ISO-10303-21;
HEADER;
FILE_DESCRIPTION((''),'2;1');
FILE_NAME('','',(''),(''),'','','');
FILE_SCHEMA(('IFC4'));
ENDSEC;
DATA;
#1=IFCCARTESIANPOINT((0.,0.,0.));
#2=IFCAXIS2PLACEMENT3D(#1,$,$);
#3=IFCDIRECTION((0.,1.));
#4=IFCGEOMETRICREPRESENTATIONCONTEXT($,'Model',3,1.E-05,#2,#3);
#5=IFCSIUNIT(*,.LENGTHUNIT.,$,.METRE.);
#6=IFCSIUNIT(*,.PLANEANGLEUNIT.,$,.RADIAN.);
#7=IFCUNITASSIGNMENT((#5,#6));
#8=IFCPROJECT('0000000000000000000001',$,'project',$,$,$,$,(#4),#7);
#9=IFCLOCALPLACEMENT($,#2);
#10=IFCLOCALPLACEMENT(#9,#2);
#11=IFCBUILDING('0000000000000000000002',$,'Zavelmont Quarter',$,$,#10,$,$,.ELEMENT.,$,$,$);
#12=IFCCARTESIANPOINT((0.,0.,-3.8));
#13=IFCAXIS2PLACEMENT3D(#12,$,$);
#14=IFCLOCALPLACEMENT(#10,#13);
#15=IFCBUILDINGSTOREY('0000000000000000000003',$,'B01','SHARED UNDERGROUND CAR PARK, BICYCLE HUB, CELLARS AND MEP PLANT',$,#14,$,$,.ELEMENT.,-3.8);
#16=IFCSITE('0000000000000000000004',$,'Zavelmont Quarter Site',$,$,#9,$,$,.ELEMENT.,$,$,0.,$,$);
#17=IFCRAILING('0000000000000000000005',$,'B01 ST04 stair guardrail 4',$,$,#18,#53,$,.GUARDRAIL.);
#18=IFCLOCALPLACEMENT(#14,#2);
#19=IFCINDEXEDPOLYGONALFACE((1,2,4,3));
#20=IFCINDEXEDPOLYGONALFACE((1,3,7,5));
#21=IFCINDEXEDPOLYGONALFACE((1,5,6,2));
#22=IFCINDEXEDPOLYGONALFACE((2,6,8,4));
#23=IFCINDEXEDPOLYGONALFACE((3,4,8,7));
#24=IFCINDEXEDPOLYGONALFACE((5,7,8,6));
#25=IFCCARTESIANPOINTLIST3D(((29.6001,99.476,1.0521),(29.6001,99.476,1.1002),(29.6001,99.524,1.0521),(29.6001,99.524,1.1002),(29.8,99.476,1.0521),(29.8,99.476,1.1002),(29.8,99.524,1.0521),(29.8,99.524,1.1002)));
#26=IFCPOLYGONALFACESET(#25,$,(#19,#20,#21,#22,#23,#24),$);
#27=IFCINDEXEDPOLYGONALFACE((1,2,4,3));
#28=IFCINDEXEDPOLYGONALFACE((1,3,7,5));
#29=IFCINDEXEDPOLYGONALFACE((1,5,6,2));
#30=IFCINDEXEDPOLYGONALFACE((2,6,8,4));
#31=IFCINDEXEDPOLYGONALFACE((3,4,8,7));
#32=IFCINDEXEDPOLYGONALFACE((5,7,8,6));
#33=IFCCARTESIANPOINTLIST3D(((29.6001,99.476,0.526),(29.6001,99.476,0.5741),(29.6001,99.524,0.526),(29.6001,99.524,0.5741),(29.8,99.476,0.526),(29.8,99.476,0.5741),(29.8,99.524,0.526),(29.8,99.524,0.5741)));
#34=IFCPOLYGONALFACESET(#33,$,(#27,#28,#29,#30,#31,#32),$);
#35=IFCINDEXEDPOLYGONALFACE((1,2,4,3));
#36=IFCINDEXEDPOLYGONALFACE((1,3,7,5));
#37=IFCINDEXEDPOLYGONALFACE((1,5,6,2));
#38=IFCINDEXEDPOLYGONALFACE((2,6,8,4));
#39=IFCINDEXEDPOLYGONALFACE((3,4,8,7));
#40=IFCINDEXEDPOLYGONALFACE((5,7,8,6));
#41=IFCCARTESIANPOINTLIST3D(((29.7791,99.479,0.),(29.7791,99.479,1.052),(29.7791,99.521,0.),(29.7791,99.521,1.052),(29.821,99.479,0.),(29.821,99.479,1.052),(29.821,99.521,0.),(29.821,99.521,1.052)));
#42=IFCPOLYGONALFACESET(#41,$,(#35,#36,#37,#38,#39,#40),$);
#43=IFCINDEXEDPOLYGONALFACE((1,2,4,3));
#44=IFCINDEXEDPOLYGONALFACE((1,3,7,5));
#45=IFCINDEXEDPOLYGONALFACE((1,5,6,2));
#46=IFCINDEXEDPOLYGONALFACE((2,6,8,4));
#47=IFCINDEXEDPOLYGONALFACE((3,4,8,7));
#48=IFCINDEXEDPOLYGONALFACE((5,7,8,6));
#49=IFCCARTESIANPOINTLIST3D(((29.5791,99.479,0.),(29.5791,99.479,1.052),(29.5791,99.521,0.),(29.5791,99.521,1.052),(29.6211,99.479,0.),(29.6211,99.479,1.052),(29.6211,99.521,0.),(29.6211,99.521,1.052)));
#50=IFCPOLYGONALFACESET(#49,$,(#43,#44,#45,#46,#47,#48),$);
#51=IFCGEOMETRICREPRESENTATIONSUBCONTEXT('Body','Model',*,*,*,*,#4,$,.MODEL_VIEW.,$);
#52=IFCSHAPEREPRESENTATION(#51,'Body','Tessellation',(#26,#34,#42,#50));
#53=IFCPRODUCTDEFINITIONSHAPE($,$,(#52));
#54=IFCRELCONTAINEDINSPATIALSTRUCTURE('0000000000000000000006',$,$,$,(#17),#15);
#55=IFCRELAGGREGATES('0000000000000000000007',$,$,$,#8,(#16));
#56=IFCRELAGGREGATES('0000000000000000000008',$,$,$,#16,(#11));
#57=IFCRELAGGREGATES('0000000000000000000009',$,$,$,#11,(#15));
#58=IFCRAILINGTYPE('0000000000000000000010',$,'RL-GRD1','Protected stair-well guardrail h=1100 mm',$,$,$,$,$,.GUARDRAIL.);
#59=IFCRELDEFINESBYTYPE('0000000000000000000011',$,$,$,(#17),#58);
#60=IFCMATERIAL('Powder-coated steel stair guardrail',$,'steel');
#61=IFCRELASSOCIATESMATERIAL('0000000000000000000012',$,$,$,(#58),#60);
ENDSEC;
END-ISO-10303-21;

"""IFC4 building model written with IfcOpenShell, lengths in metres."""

from ifc_helpers import new_model, si_unit, direction, frame, origin, origin_2d, place, context, subcontext, project, spatial, rectangle, extrude, material, type_object, element, save


model = new_model("IFC4")

# Units and contexts
model_context = context("Model", 3, precision=1e-05, world=origin(), true_north=direction((0.0, 1.0)))
body_context = subcontext(model_context, "Body", "Model", "MODEL_VIEW")
ifc_project = project(units=[si_unit("LENGTHUNIT", "METRE"), si_unit("PLANEANGLEUNIT", "RADIAN")], contexts=[model_context])

# Site, building, storey
site_placement = place(None, origin())
site = spatial("IfcSite", under=ifc_project, at=site_placement, Name="Zavelmont Quarter Site", CompositionType="ELEMENT", RefElevation=0.0)
building_placement = place(site_placement, origin())
building = spatial("IfcBuilding", under=site, at=building_placement, Name="Zavelmont Quarter", CompositionType="ELEMENT")
storey_placement = place(building_placement, frame((0.0, 0.0, -3.8)))
storey = spatial("IfcBuildingStorey", under=building, at=storey_placement, Name="B01", Description="SHARED UNDERGROUND CAR PARK, BICYCLE HUB, CELLARS AND MEP PLANT", CompositionType="ELEMENT", Elevation=-3.8)

# Railing
ifc_material_1 = material(Name="Powder-coated steel stair guardrail", Category="steel")
railing_type = type_object("IfcRailingType", Name="RL-GRD1", Description="Protected stair-well guardrail h=1100 mm", PredefinedType="GUARDRAIL", material=ifc_material_1)
railing_1_placement = place(storey_placement, frame((29.8, 99.5, 0.0)))
element("IfcRailing", 1, at=railing_1_placement, inside=storey, type_object=railing_type, Name="B01 ST04 stair guardrail 4", PredefinedType="GUARDRAIL", context=body_context, shape_type="SweptSolid", body=[
    extrude(rectangle(XDim=0.0481, YDim=0.0481, at=origin_2d()), frame((0.0, 0.0, 1.0762), z_axis=(-1.0, 0.0, 0.0), x_axis=(0.0, -1.0, 0.0)), (0.0, 0.0, 1.0), 0.2),
    extrude(rectangle(XDim=0.0481, YDim=0.0481, at=origin_2d()), frame((0.0, 0.0, 0.55), z_axis=(-1.0, 0.0, 0.0), x_axis=(0.0, -1.0, 0.0)), (0.0, 0.0, 1.0), 0.2),
    extrude(rectangle(XDim=0.042, YDim=0.042, at=origin_2d()), origin(), (0.0, 0.0, 1.0), 1.052),
    extrude(rectangle(XDim=0.042, YDim=0.042, at=origin_2d()), frame((-0.2, 0.0, 0.0)), (0.0, 0.0, 1.0), 1.052),
])

save(model, "model.ifc")
